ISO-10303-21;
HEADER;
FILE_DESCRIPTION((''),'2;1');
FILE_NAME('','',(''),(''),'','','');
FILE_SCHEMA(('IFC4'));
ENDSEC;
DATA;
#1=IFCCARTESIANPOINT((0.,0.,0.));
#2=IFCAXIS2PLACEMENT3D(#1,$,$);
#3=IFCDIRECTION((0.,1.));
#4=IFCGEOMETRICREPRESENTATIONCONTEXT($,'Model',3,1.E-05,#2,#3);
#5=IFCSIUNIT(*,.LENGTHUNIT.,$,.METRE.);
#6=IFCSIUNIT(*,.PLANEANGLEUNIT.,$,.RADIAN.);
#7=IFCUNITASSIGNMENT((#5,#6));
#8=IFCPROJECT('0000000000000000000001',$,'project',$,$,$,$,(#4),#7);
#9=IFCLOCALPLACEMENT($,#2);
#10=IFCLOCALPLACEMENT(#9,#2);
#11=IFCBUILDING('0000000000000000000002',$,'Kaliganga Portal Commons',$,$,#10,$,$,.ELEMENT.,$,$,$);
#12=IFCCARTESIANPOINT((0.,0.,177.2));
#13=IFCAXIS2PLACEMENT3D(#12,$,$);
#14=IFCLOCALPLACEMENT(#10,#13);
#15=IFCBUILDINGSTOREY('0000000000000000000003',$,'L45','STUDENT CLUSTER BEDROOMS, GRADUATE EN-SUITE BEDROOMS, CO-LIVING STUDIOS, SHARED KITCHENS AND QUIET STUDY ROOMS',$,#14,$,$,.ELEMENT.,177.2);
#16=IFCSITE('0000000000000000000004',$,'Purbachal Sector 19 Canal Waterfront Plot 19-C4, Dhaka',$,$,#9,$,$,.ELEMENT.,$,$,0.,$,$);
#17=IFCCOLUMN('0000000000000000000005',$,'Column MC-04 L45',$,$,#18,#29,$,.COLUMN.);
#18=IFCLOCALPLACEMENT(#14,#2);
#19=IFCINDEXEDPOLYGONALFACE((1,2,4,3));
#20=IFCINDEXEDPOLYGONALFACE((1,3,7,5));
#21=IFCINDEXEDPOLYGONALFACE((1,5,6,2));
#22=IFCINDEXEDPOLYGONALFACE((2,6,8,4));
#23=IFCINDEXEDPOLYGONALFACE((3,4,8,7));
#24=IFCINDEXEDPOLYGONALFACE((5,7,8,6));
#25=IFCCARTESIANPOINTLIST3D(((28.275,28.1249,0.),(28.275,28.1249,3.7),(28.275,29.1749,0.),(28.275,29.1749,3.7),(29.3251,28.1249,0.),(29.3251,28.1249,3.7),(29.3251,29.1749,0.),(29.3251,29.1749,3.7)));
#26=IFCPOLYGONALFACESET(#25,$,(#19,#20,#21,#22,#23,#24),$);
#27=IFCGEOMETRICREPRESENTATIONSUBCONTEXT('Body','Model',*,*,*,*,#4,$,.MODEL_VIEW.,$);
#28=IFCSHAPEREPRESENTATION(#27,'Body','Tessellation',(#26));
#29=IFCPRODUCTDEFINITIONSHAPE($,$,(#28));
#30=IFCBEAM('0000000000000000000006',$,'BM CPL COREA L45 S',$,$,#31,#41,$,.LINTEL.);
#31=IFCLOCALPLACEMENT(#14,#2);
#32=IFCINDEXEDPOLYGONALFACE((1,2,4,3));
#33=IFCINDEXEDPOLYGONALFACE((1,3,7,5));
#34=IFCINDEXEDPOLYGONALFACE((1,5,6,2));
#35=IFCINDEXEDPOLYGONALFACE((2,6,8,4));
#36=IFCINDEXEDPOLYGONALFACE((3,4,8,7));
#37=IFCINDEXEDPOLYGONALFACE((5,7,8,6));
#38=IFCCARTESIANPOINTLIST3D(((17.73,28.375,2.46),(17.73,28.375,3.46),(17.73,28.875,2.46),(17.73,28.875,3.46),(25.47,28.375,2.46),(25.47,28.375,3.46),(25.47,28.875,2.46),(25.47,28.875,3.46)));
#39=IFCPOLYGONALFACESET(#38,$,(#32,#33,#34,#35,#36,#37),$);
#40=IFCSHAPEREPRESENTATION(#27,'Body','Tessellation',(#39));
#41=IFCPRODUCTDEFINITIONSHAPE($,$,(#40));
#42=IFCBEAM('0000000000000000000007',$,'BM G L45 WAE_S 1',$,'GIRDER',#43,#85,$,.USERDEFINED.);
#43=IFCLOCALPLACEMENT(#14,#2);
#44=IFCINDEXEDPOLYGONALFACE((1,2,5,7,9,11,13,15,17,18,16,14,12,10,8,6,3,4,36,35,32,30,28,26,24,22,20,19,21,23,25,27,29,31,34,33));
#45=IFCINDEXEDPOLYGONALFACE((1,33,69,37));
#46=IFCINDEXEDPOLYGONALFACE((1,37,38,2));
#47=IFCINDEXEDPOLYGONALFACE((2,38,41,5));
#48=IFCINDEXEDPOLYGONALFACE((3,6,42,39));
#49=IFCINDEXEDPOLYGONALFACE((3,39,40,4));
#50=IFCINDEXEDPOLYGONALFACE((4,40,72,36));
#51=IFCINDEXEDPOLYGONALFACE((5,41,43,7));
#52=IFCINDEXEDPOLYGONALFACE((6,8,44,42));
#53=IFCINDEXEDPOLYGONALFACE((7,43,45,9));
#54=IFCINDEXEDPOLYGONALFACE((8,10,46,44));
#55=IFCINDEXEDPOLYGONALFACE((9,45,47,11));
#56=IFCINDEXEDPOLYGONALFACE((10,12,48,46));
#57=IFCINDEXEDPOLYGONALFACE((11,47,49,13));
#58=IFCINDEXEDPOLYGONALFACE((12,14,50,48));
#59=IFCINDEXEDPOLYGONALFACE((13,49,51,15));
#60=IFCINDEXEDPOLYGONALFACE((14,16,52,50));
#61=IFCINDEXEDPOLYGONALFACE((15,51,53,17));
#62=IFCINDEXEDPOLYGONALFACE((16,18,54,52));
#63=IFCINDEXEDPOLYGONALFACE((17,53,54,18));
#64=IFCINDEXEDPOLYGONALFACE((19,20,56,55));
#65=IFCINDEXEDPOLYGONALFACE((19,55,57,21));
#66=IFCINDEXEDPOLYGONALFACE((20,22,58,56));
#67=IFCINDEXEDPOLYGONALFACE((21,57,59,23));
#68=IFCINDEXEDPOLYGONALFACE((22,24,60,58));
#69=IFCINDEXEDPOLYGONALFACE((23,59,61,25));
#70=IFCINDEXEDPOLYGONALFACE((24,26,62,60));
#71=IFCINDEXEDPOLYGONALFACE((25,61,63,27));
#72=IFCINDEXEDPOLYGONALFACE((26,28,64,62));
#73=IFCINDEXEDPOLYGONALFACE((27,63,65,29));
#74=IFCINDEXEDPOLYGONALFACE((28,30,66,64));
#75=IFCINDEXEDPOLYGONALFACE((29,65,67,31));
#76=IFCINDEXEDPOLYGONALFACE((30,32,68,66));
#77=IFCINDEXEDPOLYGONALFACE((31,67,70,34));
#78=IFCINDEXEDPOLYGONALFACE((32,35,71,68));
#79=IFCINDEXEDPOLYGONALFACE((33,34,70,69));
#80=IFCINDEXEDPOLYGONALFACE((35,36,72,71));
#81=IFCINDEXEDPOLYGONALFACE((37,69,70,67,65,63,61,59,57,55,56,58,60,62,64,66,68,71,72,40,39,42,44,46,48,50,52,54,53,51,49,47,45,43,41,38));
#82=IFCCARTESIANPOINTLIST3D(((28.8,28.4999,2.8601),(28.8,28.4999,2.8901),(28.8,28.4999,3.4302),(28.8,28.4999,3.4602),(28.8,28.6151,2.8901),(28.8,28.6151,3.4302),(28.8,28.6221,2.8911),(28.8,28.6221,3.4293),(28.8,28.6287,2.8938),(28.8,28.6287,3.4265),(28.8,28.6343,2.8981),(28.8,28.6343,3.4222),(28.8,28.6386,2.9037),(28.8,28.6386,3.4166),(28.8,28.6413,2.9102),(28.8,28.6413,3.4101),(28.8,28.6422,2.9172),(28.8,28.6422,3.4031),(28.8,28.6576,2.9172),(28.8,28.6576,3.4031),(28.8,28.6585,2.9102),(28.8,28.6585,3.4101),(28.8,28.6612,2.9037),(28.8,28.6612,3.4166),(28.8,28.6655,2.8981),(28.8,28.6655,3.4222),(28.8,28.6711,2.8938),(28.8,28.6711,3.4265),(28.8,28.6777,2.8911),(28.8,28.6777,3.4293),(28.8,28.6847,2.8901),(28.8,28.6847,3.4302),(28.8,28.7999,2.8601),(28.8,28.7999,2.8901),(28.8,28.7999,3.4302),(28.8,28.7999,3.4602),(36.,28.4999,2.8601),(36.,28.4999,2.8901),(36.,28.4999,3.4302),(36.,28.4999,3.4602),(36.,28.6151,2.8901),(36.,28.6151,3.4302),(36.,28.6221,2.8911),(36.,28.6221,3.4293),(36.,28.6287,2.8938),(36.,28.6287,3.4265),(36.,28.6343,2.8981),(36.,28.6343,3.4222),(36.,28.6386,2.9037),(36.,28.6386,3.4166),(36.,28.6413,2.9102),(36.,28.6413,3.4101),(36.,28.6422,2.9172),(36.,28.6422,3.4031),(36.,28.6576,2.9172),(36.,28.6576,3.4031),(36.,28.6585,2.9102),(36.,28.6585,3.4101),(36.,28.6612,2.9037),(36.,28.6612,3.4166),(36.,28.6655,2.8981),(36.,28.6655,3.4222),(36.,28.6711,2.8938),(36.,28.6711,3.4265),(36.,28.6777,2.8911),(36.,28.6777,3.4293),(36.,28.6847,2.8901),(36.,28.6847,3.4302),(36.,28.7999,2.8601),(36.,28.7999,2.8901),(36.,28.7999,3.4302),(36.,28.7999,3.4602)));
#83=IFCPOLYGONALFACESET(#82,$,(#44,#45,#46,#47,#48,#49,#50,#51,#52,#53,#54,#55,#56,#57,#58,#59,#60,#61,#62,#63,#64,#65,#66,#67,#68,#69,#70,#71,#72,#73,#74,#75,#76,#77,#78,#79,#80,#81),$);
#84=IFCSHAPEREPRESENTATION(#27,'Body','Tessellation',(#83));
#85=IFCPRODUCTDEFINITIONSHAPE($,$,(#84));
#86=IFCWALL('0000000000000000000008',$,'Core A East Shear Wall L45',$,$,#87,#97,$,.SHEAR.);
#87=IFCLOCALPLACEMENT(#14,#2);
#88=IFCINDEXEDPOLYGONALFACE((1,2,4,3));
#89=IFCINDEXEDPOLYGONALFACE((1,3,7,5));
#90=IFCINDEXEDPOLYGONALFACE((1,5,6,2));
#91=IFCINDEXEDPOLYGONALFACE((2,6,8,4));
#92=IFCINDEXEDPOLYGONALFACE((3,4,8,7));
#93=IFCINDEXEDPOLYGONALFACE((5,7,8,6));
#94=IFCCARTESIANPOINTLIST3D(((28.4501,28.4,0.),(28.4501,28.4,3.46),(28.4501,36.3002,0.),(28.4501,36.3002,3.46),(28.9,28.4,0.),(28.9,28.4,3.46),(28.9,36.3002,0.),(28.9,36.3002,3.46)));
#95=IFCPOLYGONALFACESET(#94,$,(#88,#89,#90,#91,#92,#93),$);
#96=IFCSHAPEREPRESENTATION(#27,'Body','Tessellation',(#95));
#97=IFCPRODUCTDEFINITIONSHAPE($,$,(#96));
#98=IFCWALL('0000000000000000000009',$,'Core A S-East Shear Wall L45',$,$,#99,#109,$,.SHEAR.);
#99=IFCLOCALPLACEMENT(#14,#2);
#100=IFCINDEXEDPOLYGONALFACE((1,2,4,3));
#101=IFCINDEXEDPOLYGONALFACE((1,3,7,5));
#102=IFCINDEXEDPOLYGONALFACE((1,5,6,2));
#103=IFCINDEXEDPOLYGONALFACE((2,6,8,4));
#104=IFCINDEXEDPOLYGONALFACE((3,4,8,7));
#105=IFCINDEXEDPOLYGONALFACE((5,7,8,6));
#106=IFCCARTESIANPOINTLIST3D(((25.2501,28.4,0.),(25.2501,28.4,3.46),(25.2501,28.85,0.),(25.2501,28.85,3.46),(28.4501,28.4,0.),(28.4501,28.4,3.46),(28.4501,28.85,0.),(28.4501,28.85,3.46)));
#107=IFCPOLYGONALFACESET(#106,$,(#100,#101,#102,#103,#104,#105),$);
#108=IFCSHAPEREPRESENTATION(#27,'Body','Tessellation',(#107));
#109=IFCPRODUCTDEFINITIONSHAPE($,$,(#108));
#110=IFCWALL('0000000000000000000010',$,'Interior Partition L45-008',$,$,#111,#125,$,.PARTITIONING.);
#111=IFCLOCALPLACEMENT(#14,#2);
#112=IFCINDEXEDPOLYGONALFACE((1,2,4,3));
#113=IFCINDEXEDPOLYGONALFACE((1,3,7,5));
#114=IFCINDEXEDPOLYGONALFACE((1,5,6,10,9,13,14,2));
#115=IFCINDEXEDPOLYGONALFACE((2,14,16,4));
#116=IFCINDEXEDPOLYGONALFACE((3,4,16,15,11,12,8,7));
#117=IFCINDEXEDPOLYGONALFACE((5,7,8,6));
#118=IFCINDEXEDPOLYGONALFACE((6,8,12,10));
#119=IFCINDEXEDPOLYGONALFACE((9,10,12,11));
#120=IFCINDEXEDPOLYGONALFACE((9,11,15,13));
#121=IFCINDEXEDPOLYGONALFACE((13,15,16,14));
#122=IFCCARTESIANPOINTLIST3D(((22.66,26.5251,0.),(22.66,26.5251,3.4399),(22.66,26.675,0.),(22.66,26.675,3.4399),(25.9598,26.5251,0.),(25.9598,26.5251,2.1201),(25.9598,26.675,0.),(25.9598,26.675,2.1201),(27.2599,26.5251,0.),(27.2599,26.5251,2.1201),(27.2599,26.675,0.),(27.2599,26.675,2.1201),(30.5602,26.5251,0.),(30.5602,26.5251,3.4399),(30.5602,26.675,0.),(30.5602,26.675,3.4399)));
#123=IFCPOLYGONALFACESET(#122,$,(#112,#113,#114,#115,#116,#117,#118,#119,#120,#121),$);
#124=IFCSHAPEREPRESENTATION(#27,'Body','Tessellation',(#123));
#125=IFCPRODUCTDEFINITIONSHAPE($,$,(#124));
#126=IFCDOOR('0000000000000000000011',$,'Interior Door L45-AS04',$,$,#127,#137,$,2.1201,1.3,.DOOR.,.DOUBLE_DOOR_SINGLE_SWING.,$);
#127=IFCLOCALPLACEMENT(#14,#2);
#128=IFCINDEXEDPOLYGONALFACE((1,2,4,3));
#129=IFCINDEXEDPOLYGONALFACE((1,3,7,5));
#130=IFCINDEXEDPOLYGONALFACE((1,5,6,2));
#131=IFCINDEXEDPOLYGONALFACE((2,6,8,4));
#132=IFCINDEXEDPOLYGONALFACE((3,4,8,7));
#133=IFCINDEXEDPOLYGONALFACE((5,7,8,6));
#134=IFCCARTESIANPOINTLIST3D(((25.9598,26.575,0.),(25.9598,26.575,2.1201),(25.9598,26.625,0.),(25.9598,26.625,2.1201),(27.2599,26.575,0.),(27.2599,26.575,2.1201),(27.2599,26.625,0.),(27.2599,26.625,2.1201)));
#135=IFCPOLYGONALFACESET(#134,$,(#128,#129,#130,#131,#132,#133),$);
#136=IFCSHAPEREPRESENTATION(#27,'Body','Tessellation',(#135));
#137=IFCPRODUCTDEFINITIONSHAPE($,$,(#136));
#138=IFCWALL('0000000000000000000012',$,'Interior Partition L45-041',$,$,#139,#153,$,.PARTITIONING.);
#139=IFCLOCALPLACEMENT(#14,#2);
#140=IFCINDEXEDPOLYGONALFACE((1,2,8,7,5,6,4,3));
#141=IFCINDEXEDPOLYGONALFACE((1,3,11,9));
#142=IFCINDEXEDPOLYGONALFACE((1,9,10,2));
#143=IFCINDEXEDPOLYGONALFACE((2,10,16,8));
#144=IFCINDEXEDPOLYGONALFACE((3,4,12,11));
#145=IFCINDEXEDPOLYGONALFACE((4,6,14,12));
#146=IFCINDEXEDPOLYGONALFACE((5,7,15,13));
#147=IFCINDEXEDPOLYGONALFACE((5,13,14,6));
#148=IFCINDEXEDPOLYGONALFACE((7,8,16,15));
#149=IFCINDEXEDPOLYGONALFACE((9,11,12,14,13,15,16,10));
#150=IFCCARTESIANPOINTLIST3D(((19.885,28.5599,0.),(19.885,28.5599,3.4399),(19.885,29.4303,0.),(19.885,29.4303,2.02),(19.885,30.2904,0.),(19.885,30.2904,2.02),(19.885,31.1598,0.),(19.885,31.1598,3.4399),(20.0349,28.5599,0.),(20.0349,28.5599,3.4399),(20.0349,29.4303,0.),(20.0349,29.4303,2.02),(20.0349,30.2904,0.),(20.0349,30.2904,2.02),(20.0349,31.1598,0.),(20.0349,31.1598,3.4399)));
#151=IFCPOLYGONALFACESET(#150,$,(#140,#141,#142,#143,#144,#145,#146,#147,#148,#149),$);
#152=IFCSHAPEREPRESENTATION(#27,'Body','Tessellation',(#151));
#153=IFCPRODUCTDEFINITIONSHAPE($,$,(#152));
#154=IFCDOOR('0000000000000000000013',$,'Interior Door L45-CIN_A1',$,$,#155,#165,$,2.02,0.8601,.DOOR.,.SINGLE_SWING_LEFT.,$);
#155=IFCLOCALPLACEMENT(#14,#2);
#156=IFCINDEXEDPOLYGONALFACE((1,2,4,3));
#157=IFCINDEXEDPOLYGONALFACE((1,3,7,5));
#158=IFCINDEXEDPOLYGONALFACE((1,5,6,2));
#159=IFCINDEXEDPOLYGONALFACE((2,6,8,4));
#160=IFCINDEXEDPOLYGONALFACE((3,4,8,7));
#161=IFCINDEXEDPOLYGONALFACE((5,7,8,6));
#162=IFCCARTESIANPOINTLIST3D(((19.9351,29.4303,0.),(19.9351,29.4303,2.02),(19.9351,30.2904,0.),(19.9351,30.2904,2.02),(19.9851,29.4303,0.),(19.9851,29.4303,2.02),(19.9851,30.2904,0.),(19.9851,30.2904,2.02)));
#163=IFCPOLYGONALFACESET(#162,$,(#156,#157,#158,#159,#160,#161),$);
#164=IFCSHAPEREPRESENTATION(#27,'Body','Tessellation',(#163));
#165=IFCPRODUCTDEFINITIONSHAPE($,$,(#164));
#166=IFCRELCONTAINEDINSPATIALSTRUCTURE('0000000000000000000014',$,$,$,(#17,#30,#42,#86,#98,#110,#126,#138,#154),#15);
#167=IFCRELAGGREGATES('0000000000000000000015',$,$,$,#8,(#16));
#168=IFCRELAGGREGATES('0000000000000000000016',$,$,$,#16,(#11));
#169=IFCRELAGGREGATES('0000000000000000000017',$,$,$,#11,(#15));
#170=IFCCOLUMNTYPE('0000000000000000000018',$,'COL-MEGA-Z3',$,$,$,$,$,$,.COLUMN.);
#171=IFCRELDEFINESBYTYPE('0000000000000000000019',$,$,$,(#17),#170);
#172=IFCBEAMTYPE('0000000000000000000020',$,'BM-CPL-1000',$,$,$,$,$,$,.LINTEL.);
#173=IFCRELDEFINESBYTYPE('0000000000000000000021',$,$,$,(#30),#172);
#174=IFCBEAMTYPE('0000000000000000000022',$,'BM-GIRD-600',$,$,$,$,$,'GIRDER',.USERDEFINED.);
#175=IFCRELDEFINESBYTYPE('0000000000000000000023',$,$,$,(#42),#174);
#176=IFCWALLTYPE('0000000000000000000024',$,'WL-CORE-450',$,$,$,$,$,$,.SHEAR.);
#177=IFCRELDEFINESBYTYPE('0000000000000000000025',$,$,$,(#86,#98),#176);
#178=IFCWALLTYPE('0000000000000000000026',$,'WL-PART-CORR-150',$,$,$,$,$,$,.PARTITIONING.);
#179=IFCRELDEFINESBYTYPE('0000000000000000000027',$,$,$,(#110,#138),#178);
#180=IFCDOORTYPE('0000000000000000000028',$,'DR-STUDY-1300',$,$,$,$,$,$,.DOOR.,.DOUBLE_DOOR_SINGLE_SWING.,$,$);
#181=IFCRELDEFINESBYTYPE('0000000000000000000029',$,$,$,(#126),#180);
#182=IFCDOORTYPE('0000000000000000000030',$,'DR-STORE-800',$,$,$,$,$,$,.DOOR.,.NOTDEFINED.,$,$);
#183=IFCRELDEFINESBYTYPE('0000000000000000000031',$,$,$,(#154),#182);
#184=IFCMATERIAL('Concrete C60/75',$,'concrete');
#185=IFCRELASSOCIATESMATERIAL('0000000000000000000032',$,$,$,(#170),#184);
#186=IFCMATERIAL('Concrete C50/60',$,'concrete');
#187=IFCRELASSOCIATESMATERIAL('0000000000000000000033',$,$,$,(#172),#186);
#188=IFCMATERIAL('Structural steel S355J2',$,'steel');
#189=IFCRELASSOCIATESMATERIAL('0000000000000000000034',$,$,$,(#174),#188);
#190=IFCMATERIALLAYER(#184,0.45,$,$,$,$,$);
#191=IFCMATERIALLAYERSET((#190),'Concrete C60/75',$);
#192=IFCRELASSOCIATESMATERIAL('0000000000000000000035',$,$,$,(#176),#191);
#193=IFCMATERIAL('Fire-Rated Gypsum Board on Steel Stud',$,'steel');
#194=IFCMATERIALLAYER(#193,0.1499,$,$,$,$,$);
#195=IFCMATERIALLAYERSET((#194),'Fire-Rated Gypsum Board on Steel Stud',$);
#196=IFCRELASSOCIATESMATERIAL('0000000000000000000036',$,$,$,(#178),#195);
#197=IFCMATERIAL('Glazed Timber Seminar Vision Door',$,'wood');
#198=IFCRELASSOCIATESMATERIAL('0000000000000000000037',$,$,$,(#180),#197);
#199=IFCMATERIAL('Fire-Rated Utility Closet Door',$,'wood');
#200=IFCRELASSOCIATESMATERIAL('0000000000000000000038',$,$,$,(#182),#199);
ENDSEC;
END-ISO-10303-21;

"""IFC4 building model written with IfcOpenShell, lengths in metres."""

from ifc_helpers import new_model, si_unit, direction, frame, frame_2d, origin, origin_2d, place, context, subcontext, project, spatial, rectangle, i_section, extrude, source, transform, mapped, material, layer, layer_set, material_profile, profile_set, type_object, element, fill, save


model = new_model("IFC4")

# Units and contexts
model_context = context("Model", 3, precision=1e-05, world=origin(), true_north=direction((0.0, 1.0)))
body_context = subcontext(model_context, "Body", "Model", "MODEL_VIEW")
ifc_project = project(units=[si_unit("LENGTHUNIT", "METRE"), si_unit("PLANEANGLEUNIT", "RADIAN")], contexts=[model_context])

# Site, building, storey
site_placement = place(None, origin())
site = spatial("IfcSite", under=ifc_project, at=site_placement, Name="Purbachal Sector 19 Canal Waterfront Plot 19-C4, Dhaka", CompositionType="ELEMENT", RefElevation=0.0)
building_placement = place(site_placement, origin())
building = spatial("IfcBuilding", under=site, at=building_placement, Name="Kaliganga Portal Commons", CompositionType="ELEMENT")
storey_placement = place(building_placement, frame((0.0, 0.0, 177.2)))
storey = spatial("IfcBuildingStorey", under=building, at=storey_placement, Name="L45", Description="STUDENT CLUSTER BEDROOMS, GRADUATE EN-SUITE BEDROOMS, CO-LIVING STUDIOS, SHARED KITCHENS AND QUIET STUDY ROOMS", CompositionType="ELEMENT", Elevation=177.2)

# Column
ifc_material_1 = material(Name="Concrete C60/75", Category="concrete")
ifc_material_profile_1 = material_profile(ifc_material_1, rectangle(XDim=1.05, YDim=1.05, at=origin_2d()), Name="RC 1050x1050")
ifc_profile_set_1 = profile_set([ifc_material_profile_1], Name="Concrete C60/75")
column_type = type_object("IfcColumnType", Name="COL-MEGA-Z3", PredefinedType="COLUMN", material=ifc_profile_set_1)
shared_shape_1 = source(origin(), body_context, "Body", "SweptSolid", [
    extrude(rectangle(XDim=1.05, YDim=1.05, at=origin_2d()), origin(), (0.0, 0.0, 1.0), 3.7),
])
column_placement = place(storey_placement, frame((28.8, 28.6499, 0.0), z_axis=(0.0, 0.0, 1.0), x_axis=(1.0, 0.0, 0.0)))
element("IfcColumn", 1, at=column_placement, inside=storey, type_object=column_type, Name="Column MC-04 L45", PredefinedType="COLUMN", context=body_context, shape_type="MappedRepresentation", body=[
    mapped(shared_shape_1, transform((0.0, 0.0, 0.0), x_axis=(1.0, 0.0, 0.0), y_axis=(0.0, 1.0, 0.0), z_axis=(0.0, 0.0, 1.0), scale=1.0)),
])

# Beams
ifc_material_2 = material(Name="Concrete C50/60", Category="concrete")
ifc_material_profile_2 = material_profile(ifc_material_2, rectangle(XDim=0.5, YDim=1.0, at=origin_2d()), Name="RC 500x1000")
ifc_profile_set_2 = profile_set([ifc_material_profile_2], Name="Concrete C50/60")
beam_type_1 = type_object("IfcBeamType", Name="BM-CPL-1000", PredefinedType="LINTEL", material=ifc_profile_set_2)
shared_shape_2 = source(origin(), body_context, "Body", "SweptSolid", [
    extrude(rectangle(XDim=0.5, YDim=1.0, at=origin_2d()), origin(), (0.0, 0.0, 1.0), 7.74),
])
beam_1_placement = place(storey_placement, frame((17.73, 28.625, 2.96), z_axis=(1.0, 0.0, 0.0), x_axis=(0.0, 1.0, 0.0)))
element("IfcBeam", 2, at=beam_1_placement, inside=storey, type_object=beam_type_1, Name="BM CPL COREA L45 S", PredefinedType="LINTEL", context=body_context, shape_type="MappedRepresentation", body=[
    mapped(shared_shape_2, transform((0.0, 0.0, 0.0), x_axis=(1.0, 0.0, 0.0), y_axis=(0.0, 1.0, 0.0), z_axis=(0.0, 0.0, 1.0), scale=1.0)),
])
ifc_material_3 = material(Name="Structural steel S355J2", Category="steel")
ifc_material_profile_3 = material_profile(ifc_material_3, i_section(OverallWidth=0.3, OverallDepth=0.6001, WebThickness=0.0154, FlangeThickness=0.03, FilletRadius=0.0271, at=origin_2d()), Name="HE 600 B")
ifc_profile_set_3 = profile_set([ifc_material_profile_3], Name="Structural steel S355J2 wide-flange")
beam_type_2 = type_object("IfcBeamType", Name="BM-GIRD-600", ElementType="GIRDER", PredefinedType="USERDEFINED", material=ifc_profile_set_3)
shared_shape_3 = source(origin(), body_context, "Body", "SweptSolid", [
    extrude(i_section(OverallWidth=0.3, OverallDepth=0.6001, WebThickness=0.0154, FlangeThickness=0.03, FilletRadius=0.0271, at=origin_2d()), origin(), (0.0, 0.0, 1.0), 7.2),
])
beam_2_placement = place(storey_placement, frame((28.8, 28.6499, 3.1602), z_axis=(1.0, 0.0, 0.0), x_axis=(0.0, 1.0, 0.0)))
element("IfcBeam", 3, at=beam_2_placement, inside=storey, type_object=beam_type_2, Name="BM G L45 WAE_S 1", ObjectType="GIRDER", PredefinedType="USERDEFINED", context=body_context, shape_type="MappedRepresentation", body=[
    mapped(shared_shape_3, transform((0.0, 0.0, 0.0), x_axis=(1.0, 0.0, 0.0), y_axis=(0.0, 1.0, 0.0), z_axis=(0.0, 0.0, 1.0), scale=1.0)),
])

# Walls
ifc_layer_1 = layer(ifc_material_1, 0.45)
ifc_layer_set_1 = layer_set([ifc_layer_1], Name="Concrete C60/75")
wall_type_1 = type_object("IfcWallType", Name="WL-CORE-450", PredefinedType="SHEAR", material=ifc_layer_set_1)
wall_1_placement = place(storey_placement, frame((28.675, 28.3999, 0.0), z_axis=(0.0, 0.0, 1.0), x_axis=(0.0, 1.0, 0.0)))
element("IfcWall", 4, at=wall_1_placement, inside=storey, type_object=wall_type_1, Name="Core A East Shear Wall L45", PredefinedType="SHEAR", context=body_context, shape_type="SweptSolid", body=[
    extrude(rectangle(XDim=7.9001, YDim=0.45, at=frame_2d((3.9502, 0.0))), origin(), (0.0, 0.0, 1.0), 3.46),
])
wall_2_placement = place(storey_placement, frame((25.25, 28.625, 0.0), z_axis=(0.0, 0.0, 1.0), x_axis=(1.0, 0.0, 0.0)))
element("IfcWall", 5, at=wall_2_placement, inside=storey, type_object=wall_type_1, Name="Core A S-East Shear Wall L45", PredefinedType="SHEAR", context=body_context, shape_type="SweptSolid", body=[
    extrude(rectangle(XDim=3.2, YDim=0.45, at=frame_2d((1.6001, 0.0))), origin(), (0.0, 0.0, 1.0), 3.46),
])

# Walls, openings, doors
ifc_material_4 = material(Name="Fire-Rated Gypsum Board on Steel Stud", Category="steel")
ifc_layer_2 = layer(ifc_material_4, 0.1499)
ifc_layer_set_2 = layer_set([ifc_layer_2], Name="Fire-Rated Gypsum Board on Steel Stud")
wall_type_2 = type_object("IfcWallType", Name="WL-PART-CORR-150", PredefinedType="PARTITIONING", material=ifc_layer_set_2)
wall_3_placement = place(storey_placement, frame((22.6599, 26.6001, 0.0), z_axis=(0.0, 0.0, 1.0), x_axis=(1.0, 0.0, 0.0)))
wall_3 = element("IfcWall", 6, at=wall_3_placement, inside=storey, type_object=wall_type_2, Name="Interior Partition L45-008", PredefinedType="PARTITIONING", context=body_context, shape_type="SweptSolid", body=[
    extrude(rectangle(XDim=7.9001, YDim=0.1499, at=frame_2d((3.9502, 0.0))), origin(), (0.0, 0.0, 1.0), 3.4399),
])
opening_1_placement = place(wall_3_placement, frame((3.3, 0.0, 0.0)))
opening_1 = element("IfcOpeningElement", 7, at=opening_1_placement, cuts=wall_3, PredefinedType="OPENING", context=body_context, shape_type="SweptSolid", body=[
    extrude(rectangle(XDim=1.3, YDim=2.1201, at=frame_2d((0.6499, 1.0601))), frame((0.0, 0.085, 0.0), z_axis=(0.0, -1.0, 0.0), x_axis=(1.0, 0.0, 0.0)), (0.0, 0.0, 1.0), 0.1699),
])
ifc_material_5 = material(Name="Glazed Timber Seminar Vision Door", Category="wood")
door_type_1 = type_object("IfcDoorType", Name="DR-STUDY-1300", OperationType="DOUBLE_DOOR_SINGLE_SWING", PredefinedType="DOOR", material=ifc_material_5)
door_1_placement = place(opening_1_placement, origin())
door_1 = element("IfcDoor", 8, at=door_1_placement, inside=storey, type_object=door_type_1, Name="Interior Door L45-AS04", OperationType="DOUBLE_DOOR_SINGLE_SWING", OverallHeight=2.1201, OverallWidth=1.3, PredefinedType="DOOR", context=body_context, shape_type="SweptSolid", body=[
    extrude(rectangle(XDim=1.3, YDim=2.1201, at=frame_2d((0.6499, 1.0601))), frame((0.0, 0.0249, 0.0), z_axis=(0.0, -1.0, 0.0), x_axis=(1.0, 0.0, 0.0)), (0.0, 0.0, 1.0), 0.05),
])
fill(opening_1, door_1)
wall_4_placement = place(storey_placement, frame((19.96, 28.5601, 0.0), z_axis=(0.0, 0.0, 1.0), x_axis=(0.0, 1.0, 0.0)))
wall_4 = element("IfcWall", 9, at=wall_4_placement, inside=storey, type_object=wall_type_2, Name="Interior Partition L45-041", PredefinedType="PARTITIONING", context=body_context, shape_type="SweptSolid", body=[
    extrude(rectangle(XDim=2.5999, YDim=0.1499, at=frame_2d((1.2998, 0.0))), origin(), (0.0, 0.0, 1.0), 3.4399),
])
opening_2_placement = place(wall_4_placement, frame((0.8701, 0.0, 0.0)))
opening_2 = element("IfcOpeningElement", 10, at=opening_2_placement, cuts=wall_4, PredefinedType="OPENING", context=body_context, shape_type="SweptSolid", body=[
    extrude(rectangle(XDim=0.8601, YDim=2.02, at=frame_2d((0.4302, 1.01))), frame((0.0, 0.085, 0.0), z_axis=(0.0, -1.0, 0.0), x_axis=(1.0, 0.0, 0.0)), (0.0, 0.0, 1.0), 0.1699),
])
ifc_material_6 = material(Name="Fire-Rated Utility Closet Door", Category="wood")
door_type_2 = type_object("IfcDoorType", Name="DR-STORE-800", OperationType="NOTDEFINED", PredefinedType="DOOR", material=ifc_material_6)
door_2_placement = place(opening_2_placement, origin())
door_2 = element("IfcDoor", 11, at=door_2_placement, inside=storey, type_object=door_type_2, Name="Interior Door L45-CIN_A1", OperationType="SINGLE_SWING_LEFT", OverallHeight=2.02, OverallWidth=0.8601, PredefinedType="DOOR", context=body_context, shape_type="SweptSolid", body=[
    extrude(rectangle(XDim=0.8601, YDim=2.02, at=frame_2d((0.4302, 1.01))), frame((0.0, 0.0249, 0.0), z_axis=(0.0, -1.0, 0.0), x_axis=(1.0, 0.0, 0.0)), (0.0, 0.0, 1.0), 0.05),
])
fill(opening_2, door_2)

save(model, "model.ifc")
